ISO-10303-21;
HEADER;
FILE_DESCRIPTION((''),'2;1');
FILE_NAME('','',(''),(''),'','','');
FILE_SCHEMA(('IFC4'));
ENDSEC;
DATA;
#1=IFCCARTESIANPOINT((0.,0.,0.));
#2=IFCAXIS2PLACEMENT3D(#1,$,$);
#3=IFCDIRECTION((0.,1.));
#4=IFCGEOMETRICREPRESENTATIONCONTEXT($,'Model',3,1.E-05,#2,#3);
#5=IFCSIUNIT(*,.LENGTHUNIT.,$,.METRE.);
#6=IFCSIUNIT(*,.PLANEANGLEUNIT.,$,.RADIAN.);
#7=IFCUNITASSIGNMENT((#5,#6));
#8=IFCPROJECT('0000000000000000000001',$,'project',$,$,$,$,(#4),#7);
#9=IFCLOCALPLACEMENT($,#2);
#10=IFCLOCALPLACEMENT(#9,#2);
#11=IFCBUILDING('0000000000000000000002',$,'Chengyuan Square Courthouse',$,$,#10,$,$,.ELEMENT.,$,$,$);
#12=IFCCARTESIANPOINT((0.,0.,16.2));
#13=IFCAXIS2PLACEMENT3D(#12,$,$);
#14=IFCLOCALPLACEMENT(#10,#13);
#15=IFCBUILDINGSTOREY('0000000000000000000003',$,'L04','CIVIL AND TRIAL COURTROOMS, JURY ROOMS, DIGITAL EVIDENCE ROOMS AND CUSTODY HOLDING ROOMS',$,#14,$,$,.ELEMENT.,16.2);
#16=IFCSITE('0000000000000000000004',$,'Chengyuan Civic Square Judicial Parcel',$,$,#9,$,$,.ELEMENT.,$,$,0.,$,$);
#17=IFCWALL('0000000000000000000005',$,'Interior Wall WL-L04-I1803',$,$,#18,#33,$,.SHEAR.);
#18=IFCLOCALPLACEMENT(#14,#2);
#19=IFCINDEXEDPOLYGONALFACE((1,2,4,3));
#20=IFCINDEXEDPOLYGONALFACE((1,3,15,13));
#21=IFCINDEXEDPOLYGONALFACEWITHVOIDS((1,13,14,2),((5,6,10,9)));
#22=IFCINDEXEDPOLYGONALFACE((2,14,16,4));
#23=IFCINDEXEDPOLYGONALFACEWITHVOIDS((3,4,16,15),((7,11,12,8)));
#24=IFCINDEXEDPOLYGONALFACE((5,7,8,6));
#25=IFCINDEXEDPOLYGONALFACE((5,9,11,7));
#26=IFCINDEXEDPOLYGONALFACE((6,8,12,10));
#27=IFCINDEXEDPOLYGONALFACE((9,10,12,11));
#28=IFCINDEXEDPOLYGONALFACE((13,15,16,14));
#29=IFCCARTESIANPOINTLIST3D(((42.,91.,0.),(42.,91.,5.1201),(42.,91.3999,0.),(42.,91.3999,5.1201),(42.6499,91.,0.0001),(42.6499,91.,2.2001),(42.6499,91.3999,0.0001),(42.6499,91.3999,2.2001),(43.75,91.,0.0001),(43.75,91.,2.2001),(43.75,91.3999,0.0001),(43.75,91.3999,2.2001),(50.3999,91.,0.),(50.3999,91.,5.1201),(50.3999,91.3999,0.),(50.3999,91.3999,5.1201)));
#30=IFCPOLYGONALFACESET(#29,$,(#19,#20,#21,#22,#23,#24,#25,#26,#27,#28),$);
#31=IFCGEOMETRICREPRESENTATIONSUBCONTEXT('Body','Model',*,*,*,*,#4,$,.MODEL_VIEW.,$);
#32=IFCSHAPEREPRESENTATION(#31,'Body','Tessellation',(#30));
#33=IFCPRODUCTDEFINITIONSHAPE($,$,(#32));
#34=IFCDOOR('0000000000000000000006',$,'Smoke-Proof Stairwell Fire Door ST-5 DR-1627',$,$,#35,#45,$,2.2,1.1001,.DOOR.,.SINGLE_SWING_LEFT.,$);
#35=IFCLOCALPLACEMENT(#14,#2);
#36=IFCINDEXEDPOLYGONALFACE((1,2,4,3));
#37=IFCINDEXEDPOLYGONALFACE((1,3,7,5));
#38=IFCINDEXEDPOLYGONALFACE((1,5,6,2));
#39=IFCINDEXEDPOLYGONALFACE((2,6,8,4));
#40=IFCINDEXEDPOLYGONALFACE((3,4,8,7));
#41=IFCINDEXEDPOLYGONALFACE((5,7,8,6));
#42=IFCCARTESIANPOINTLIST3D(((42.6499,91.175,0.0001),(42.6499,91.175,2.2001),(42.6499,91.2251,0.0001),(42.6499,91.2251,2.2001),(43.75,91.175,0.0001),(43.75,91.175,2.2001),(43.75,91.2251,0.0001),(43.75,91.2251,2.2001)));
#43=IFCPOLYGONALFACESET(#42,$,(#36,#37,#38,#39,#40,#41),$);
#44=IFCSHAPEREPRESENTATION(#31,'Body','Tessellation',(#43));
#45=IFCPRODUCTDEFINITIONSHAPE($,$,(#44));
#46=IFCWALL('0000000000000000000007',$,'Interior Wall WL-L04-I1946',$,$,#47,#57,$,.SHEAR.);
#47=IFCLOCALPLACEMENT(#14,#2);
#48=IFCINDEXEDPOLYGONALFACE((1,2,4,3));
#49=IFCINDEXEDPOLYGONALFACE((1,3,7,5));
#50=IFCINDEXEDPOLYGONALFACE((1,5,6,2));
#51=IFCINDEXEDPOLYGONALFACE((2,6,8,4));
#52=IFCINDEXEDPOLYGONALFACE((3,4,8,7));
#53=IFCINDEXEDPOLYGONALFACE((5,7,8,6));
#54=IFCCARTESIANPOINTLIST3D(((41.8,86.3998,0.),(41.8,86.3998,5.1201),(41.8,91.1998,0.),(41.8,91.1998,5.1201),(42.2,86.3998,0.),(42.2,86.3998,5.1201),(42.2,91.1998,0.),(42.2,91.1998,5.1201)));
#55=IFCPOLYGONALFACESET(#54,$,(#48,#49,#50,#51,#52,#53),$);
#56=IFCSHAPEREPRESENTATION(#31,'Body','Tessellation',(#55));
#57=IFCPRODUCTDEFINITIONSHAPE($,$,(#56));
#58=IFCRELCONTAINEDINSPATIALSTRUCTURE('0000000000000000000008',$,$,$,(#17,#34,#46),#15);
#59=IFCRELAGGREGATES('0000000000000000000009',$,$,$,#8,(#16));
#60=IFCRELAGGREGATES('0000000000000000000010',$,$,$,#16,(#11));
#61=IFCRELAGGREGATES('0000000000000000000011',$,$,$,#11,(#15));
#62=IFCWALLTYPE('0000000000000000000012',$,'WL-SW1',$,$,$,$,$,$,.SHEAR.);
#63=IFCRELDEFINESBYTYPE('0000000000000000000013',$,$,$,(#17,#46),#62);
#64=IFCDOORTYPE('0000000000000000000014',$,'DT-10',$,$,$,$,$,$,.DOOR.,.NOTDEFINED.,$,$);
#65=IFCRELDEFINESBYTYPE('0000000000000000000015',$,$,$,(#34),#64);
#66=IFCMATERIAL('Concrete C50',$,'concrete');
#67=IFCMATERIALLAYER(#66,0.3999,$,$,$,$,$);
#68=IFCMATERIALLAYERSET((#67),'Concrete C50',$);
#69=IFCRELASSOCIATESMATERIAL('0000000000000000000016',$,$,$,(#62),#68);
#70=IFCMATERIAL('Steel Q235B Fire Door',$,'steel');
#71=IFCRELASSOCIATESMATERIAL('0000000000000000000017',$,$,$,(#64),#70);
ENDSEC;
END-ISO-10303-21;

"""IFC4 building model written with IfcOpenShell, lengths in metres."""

from ifc_helpers import new_model, si_unit, direction, frame, frame_2d, origin, place, context, subcontext, project, spatial, rectangle, extrude, material, layer, layer_set, type_object, element, fill, save


model = new_model("IFC4")

# Units and contexts
model_context = context("Model", 3, precision=1e-05, world=origin(), true_north=direction((0.0, 1.0)))
body_context = subcontext(model_context, "Body", "Model", "MODEL_VIEW")
ifc_project = project(units=[si_unit("LENGTHUNIT", "METRE"), si_unit("PLANEANGLEUNIT", "RADIAN")], contexts=[model_context])

# Site, building, storey
site_placement = place(None, origin())
site = spatial("IfcSite", under=ifc_project, at=site_placement, Name="Chengyuan Civic Square Judicial Parcel", CompositionType="ELEMENT", RefElevation=0.0)
building_placement = place(site_placement, origin())
building = spatial("IfcBuilding", under=site, at=building_placement, Name="Chengyuan Square Courthouse", CompositionType="ELEMENT")
storey_placement = place(building_placement, frame((0.0, 0.0, 16.2)))
storey = spatial("IfcBuildingStorey", under=building, at=storey_placement, Name="L04", Description="CIVIL AND TRIAL COURTROOMS, JURY ROOMS, DIGITAL EVIDENCE ROOMS AND CUSTODY HOLDING ROOMS", CompositionType="ELEMENT", Elevation=16.2)

# Shared definitions
ifc_material_1 = material(Name="Concrete C50", Category="concrete")

# Shared definitions
ifc_layer_1 = layer(ifc_material_1, 0.3999)
ifc_layer_set_1 = layer_set([ifc_layer_1], Name="Concrete C50")
wall_type_1 = type_object("IfcWallType", Name="WL-SW1", PredefinedType="SHEAR", material=ifc_layer_set_1)

# Wall, opening, door
wall_1_placement = place(storey_placement, frame((42.0, 91.2, 0.0), z_axis=(0.0, 0.0, 1.0), x_axis=(1.0, 0.0, 0.0)))
wall_1 = element("IfcWall", 1, at=wall_1_placement, inside=storey, type_object=wall_type_1, Name="Interior Wall WL-L04-I1803", PredefinedType="SHEAR", context=body_context, shape_type="SweptSolid", body=[
    extrude(rectangle(XDim=8.3999, YDim=0.3999, at=frame_2d((4.2, 0.0))), origin(), (0.0, 0.0, 1.0), 5.1201),
])
opening_placement = place(wall_1_placement, frame((0.6499, 0.0, 0.0)))
opening = element("IfcOpeningElement", 2, at=opening_placement, cuts=wall_1, PredefinedType="OPENING", context=body_context, shape_type="SweptSolid", body=[
    extrude(rectangle(XDim=1.1001, YDim=2.2, at=frame_2d((0.55, 1.1001))), frame((0.0, 0.2119, 0.0), z_axis=(0.0, -1.0, 0.0), x_axis=(1.0, 0.0, 0.0)), (0.0, 0.0, 1.0), 0.4238),
])
ifc_material_2 = material(Name="Steel Q235B Fire Door", Category="steel")
door_type = type_object("IfcDoorType", Name="DT-10", OperationType="NOTDEFINED", PredefinedType="DOOR", material=ifc_material_2)
door_placement = place(opening_placement, frame((1.1001, 0.0, 0.0), z_axis=(0.0, 0.0, 1.0), x_axis=(-1.0, 0.0, 0.0)))
door = element("IfcDoor", 3, at=door_placement, inside=storey, type_object=door_type, Name="Smoke-Proof Stairwell Fire Door ST-5 DR-1627", OperationType="SINGLE_SWING_LEFT", OverallHeight=2.2, OverallWidth=1.1001, PredefinedType="DOOR", context=body_context, shape_type="SweptSolid", body=[
    extrude(rectangle(XDim=1.1001, YDim=2.2, at=frame_2d((0.55, 1.1001))), frame((0.0, 0.0249, 0.0), z_axis=(0.0, -1.0, 0.0), x_axis=(1.0, 0.0, 0.0)), (0.0, 0.0, 1.0), 0.05),
])
fill(opening, door)

# Wall
wall_2_placement = place(storey_placement, frame((42.0, 86.3999, 0.0), z_axis=(0.0, 0.0, 1.0), x_axis=(0.0, 1.0, 0.0)))
element("IfcWall", 4, at=wall_2_placement, inside=storey, type_object=wall_type_1, Name="Interior Wall WL-L04-I1946", PredefinedType="SHEAR", context=body_context, shape_type="SweptSolid", body=[
    extrude(rectangle(XDim=4.8, YDim=0.3999, at=frame_2d((2.3999, 0.0))), origin(), (0.0, 0.0, 1.0), 5.1201),
])

save(model, "model.ifc")
